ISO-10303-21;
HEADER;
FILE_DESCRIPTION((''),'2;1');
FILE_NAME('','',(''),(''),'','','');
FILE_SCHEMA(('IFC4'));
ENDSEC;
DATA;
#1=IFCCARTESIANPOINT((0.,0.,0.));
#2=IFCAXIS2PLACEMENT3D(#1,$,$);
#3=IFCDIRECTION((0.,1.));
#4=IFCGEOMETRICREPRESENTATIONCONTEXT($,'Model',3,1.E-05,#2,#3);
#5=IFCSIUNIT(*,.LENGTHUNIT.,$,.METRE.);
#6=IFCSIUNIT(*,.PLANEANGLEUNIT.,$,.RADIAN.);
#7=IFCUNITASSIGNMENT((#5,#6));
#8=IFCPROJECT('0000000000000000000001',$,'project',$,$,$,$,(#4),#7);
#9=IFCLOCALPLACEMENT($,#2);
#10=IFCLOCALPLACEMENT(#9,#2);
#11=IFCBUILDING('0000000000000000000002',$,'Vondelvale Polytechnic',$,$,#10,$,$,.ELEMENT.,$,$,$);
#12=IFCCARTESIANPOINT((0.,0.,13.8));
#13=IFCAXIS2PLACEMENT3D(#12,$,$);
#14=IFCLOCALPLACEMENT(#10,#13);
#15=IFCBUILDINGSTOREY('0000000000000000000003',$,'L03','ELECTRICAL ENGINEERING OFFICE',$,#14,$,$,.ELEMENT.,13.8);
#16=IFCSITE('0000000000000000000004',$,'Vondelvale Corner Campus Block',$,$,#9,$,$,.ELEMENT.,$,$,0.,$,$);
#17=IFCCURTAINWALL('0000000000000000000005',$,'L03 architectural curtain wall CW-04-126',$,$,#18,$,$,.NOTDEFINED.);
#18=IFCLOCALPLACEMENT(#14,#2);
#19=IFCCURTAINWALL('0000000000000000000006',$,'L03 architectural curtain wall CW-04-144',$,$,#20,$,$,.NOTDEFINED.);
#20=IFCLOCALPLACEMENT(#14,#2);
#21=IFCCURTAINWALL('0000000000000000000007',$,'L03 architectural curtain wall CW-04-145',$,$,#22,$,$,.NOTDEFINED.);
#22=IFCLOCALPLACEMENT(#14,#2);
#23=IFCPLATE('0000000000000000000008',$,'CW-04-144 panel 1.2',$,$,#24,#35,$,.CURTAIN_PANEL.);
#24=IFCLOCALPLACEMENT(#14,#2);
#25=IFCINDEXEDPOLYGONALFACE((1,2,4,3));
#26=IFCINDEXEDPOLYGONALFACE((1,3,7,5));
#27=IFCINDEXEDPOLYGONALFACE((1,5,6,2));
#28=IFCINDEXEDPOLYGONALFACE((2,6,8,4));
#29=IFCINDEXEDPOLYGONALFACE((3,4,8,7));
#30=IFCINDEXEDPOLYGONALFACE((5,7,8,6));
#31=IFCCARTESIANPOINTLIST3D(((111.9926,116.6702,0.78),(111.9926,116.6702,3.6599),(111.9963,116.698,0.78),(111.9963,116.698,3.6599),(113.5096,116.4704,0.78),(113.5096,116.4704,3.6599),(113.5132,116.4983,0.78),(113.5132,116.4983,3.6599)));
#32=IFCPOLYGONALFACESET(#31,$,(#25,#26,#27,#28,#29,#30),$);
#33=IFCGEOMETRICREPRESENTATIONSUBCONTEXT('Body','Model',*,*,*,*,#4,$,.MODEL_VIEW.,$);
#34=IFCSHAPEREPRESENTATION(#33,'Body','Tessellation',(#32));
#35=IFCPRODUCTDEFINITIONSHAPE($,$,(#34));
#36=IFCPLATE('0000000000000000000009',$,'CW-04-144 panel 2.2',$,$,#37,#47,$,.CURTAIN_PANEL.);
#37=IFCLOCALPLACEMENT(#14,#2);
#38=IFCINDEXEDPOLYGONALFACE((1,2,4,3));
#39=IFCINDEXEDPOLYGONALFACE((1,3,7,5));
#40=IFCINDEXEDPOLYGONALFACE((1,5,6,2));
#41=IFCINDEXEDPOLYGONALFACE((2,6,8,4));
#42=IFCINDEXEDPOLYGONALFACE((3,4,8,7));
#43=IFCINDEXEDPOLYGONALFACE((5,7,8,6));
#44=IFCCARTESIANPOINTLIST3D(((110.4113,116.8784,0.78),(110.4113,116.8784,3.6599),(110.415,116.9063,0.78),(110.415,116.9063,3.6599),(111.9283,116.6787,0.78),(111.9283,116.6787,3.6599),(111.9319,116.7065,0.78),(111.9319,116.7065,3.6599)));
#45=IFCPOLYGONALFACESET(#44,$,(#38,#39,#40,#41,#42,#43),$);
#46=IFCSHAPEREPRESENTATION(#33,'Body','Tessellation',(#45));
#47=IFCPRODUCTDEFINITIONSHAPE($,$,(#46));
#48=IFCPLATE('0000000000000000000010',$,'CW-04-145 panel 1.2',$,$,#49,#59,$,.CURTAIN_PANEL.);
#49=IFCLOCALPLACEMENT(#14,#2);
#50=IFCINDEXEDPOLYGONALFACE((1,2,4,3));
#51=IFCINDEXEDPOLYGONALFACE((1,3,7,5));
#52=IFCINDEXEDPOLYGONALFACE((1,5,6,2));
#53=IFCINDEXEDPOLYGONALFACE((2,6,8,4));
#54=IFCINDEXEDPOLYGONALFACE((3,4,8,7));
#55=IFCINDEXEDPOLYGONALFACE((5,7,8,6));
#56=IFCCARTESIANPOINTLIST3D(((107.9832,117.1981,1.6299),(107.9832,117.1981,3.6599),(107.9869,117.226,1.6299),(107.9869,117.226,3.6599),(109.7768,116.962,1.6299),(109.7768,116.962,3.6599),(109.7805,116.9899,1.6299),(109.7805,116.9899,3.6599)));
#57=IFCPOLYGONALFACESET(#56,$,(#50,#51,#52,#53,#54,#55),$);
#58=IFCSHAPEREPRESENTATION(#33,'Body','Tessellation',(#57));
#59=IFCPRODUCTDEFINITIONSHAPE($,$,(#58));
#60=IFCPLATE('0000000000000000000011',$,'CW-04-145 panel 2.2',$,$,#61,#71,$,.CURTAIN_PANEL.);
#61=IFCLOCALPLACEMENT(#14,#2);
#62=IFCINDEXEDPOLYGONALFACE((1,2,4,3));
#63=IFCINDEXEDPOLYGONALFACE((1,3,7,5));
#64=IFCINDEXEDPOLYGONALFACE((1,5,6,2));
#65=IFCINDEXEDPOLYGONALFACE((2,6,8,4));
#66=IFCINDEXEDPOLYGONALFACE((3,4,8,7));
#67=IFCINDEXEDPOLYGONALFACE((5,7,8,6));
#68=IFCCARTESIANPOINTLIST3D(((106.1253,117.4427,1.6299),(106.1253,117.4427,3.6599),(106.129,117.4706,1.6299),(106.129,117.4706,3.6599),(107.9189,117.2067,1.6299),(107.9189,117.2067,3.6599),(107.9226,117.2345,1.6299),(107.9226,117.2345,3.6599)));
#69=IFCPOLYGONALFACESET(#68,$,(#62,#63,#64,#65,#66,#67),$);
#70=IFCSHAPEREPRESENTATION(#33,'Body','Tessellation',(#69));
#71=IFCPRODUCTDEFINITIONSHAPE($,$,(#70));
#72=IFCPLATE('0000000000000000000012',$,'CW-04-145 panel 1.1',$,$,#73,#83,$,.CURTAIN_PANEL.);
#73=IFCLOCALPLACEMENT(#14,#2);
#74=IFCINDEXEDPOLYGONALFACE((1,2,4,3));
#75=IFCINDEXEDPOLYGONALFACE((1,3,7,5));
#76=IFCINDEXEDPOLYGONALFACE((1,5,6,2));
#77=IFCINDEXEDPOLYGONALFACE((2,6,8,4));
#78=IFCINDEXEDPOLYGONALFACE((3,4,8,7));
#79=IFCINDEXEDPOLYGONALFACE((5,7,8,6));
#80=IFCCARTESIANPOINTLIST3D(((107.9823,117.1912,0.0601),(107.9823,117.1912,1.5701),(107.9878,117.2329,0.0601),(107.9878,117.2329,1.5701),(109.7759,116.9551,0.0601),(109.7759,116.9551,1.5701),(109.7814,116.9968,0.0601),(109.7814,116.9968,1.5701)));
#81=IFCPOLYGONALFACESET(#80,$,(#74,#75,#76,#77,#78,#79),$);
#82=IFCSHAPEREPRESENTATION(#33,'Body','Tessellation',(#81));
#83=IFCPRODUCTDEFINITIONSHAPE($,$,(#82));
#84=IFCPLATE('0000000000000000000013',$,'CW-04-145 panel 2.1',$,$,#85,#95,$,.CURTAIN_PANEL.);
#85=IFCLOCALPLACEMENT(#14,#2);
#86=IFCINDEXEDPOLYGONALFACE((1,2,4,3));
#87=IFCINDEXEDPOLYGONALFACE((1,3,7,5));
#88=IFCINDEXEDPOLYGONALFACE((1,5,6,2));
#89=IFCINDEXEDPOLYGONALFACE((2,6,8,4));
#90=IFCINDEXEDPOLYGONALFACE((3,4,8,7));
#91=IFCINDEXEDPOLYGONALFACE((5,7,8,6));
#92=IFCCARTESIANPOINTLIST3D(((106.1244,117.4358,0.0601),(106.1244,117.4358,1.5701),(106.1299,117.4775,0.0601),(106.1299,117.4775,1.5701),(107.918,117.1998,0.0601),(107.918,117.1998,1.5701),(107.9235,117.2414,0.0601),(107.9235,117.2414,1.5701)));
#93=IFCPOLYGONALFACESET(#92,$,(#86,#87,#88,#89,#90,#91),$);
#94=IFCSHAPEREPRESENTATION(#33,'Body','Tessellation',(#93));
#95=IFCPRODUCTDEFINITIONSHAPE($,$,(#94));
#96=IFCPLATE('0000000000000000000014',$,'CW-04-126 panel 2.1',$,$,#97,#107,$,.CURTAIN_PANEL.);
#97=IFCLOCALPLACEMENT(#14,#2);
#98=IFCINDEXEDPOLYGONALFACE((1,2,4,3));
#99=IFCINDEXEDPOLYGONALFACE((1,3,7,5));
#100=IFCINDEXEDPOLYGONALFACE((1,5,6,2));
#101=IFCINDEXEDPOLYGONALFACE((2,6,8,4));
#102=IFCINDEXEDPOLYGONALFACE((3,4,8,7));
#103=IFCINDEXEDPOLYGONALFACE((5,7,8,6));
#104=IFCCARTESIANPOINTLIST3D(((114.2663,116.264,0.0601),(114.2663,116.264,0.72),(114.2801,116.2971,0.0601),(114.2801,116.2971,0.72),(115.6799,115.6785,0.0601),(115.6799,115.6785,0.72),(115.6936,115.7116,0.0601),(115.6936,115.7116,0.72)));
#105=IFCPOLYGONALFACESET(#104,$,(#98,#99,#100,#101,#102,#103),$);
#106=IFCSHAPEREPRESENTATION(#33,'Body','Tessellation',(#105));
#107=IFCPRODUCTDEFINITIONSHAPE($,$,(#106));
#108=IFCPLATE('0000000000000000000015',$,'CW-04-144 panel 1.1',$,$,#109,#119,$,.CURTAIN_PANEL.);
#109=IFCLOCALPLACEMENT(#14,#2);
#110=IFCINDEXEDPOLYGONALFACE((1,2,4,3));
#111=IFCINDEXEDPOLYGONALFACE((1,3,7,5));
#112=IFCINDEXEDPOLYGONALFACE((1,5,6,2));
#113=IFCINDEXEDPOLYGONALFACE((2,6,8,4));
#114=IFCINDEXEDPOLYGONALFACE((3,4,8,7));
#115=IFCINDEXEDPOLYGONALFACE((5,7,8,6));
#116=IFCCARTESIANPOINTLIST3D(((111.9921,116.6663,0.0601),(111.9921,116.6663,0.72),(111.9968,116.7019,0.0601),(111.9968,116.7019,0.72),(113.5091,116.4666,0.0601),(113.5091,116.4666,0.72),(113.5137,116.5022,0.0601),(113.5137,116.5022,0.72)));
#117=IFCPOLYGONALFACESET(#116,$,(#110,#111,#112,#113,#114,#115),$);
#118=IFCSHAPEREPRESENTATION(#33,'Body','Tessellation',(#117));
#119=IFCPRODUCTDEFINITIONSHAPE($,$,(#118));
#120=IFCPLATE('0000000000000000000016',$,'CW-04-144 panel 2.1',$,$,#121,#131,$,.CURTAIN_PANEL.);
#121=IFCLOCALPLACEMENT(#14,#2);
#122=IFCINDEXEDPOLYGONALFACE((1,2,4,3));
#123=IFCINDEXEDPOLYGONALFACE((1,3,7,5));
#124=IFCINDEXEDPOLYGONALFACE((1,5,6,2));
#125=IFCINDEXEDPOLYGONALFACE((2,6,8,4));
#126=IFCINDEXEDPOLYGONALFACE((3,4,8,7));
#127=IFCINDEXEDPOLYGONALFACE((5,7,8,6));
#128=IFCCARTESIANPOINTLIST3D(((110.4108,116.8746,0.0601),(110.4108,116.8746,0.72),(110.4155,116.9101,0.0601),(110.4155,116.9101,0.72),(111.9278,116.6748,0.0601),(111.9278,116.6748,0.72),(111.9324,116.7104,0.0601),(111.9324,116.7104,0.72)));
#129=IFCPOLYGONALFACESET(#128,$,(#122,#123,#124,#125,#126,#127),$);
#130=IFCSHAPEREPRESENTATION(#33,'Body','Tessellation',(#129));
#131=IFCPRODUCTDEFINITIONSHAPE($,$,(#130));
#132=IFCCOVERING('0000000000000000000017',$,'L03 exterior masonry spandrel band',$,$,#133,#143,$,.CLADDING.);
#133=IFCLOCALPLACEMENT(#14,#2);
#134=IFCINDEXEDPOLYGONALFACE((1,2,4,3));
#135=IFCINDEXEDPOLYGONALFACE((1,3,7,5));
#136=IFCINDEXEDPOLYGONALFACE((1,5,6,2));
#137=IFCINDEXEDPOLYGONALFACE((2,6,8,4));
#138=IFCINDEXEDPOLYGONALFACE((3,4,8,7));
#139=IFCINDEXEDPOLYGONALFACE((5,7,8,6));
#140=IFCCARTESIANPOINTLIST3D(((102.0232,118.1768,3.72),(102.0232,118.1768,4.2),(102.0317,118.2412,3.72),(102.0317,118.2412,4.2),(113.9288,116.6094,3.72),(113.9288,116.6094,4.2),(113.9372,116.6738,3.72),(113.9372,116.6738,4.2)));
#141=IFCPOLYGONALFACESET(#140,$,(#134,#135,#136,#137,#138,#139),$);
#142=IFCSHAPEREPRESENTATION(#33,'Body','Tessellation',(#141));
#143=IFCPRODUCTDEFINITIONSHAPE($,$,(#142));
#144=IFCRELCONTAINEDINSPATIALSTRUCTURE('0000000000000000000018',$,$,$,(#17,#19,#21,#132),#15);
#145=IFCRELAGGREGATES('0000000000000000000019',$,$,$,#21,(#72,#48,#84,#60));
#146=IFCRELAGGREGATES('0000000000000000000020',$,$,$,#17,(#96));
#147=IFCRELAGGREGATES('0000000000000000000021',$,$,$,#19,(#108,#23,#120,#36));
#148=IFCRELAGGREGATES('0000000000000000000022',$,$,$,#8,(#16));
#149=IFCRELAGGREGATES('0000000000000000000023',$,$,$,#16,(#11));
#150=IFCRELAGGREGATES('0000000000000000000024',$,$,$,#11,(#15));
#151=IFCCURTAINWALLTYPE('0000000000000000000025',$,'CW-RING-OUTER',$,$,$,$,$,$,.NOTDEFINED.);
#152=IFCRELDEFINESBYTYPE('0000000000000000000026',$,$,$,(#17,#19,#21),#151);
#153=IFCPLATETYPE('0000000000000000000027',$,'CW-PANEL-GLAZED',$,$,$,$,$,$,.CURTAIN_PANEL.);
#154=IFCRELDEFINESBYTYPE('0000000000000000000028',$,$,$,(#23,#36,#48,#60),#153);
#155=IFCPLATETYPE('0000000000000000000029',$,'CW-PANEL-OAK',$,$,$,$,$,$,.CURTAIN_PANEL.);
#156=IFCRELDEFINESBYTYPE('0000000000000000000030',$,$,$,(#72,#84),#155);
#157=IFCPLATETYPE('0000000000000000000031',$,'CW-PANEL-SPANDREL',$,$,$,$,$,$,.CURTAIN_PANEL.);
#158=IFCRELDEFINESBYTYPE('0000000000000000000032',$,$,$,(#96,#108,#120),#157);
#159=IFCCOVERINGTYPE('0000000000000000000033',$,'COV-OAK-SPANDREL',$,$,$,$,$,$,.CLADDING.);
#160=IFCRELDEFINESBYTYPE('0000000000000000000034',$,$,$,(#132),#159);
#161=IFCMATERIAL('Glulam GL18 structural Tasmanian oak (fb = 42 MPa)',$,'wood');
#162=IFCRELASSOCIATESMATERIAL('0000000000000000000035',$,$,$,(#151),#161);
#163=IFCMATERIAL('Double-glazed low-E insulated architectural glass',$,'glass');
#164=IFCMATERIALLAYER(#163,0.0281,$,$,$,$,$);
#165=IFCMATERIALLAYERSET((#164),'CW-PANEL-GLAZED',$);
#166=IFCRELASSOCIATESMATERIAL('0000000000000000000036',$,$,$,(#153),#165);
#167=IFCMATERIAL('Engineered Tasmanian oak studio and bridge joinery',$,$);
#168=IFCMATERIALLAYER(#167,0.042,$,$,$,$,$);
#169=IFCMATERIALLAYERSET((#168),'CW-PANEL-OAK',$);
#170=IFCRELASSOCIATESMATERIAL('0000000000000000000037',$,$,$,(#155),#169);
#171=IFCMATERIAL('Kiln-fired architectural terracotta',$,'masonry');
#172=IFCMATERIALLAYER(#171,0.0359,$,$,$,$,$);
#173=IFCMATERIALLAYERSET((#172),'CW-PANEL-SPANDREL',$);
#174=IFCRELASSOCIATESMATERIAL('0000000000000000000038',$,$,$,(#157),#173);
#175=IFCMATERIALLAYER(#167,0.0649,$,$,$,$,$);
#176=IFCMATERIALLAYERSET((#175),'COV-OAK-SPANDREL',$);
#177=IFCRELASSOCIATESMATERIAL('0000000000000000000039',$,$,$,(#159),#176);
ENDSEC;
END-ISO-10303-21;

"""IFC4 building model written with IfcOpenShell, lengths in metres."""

from ifc_helpers import new_model, si_unit, direction, frame, origin, origin_2d, place, context, subcontext, project, spatial, rectangle, extrude, material, layer, layer_set, type_object, element, aggregate, save


model = new_model("IFC4")

# Units and contexts
model_context = context("Model", 3, precision=1e-05, world=origin(), true_north=direction((0.0, 1.0)))
body_context = subcontext(model_context, "Body", "Model", "MODEL_VIEW")
ifc_project = project(units=[si_unit("LENGTHUNIT", "METRE"), si_unit("PLANEANGLEUNIT", "RADIAN")], contexts=[model_context])

# Site, building, storey
site_placement = place(None, origin())
site = spatial("IfcSite", under=ifc_project, at=site_placement, Name="Vondelvale Corner Campus Block", CompositionType="ELEMENT", RefElevation=0.0)
building_placement = place(site_placement, origin())
building = spatial("IfcBuilding", under=site, at=building_placement, Name="Vondelvale Polytechnic", CompositionType="ELEMENT")
storey_placement = place(building_placement, frame((0.0, 0.0, 13.8)))
storey = spatial("IfcBuildingStorey", under=building, at=storey_placement, Name="L03", Description="ELECTRICAL ENGINEERING OFFICE", CompositionType="ELEMENT", Elevation=13.8)

# Shared definitions
ifc_material_1 = material(Name="Glulam GL18 structural Tasmanian oak (fb = 42 MPa)", Category="wood")

# Curtain walls
curtain_wall_type = type_object("IfcCurtainWallType", Name="CW-RING-OUTER", PredefinedType="NOTDEFINED", material=ifc_material_1)
curtain_wall_1_placement = place(storey_placement, origin())
curtain_wall_1 = element("IfcCurtainWall", 1, at=curtain_wall_1_placement, inside=storey, type_object=curtain_wall_type, Name="L03 architectural curtain wall CW-04-126", PredefinedType="NOTDEFINED")
curtain_wall_2_placement = place(storey_placement, origin())
curtain_wall_2 = element("IfcCurtainWall", 2, at=curtain_wall_2_placement, inside=storey, type_object=curtain_wall_type, Name="L03 architectural curtain wall CW-04-144", PredefinedType="NOTDEFINED")
curtain_wall_3_placement = place(storey_placement, origin())
curtain_wall_3 = element("IfcCurtainWall", 3, at=curtain_wall_3_placement, inside=storey, type_object=curtain_wall_type, Name="L03 architectural curtain wall CW-04-145", PredefinedType="NOTDEFINED")

# Plates
ifc_material_2 = material(Name="Double-glazed low-E insulated architectural glass", Category="glass")
ifc_layer_1 = layer(ifc_material_2, 0.0281)
ifc_layer_set_1 = layer_set([ifc_layer_1], Name="CW-PANEL-GLAZED")
plate_type_1 = type_object("IfcPlateType", Name="CW-PANEL-GLAZED", PredefinedType="CURTAIN_PANEL", material=ifc_layer_set_1)
plate_1_placement = place(storey_placement, frame((112.7529, 116.5842, 0.78), z_axis=(0.0, 0.0, 1.0), x_axis=(-0.991443, 0.13054, 0.0)))
plate_1 = element("IfcPlate", 4, at=plate_1_placement, type_object=plate_type_1, Name="CW-04-144 panel 1.2", PredefinedType="CURTAIN_PANEL", context=body_context, shape_type="SweptSolid", body=[
    extrude(rectangle(XDim=1.53, YDim=0.0281, at=origin_2d()), origin(), (0.0, 0.0, 1.0), 2.8799),
])
plate_2_placement = place(storey_placement, frame((111.1716, 116.7925, 0.78), z_axis=(0.0, 0.0, 1.0), x_axis=(-0.991443, 0.13054, 0.0)))
plate_2 = element("IfcPlate", 5, at=plate_2_placement, type_object=plate_type_1, Name="CW-04-144 panel 2.2", PredefinedType="CURTAIN_PANEL", context=body_context, shape_type="SweptSolid", body=[
    extrude(rectangle(XDim=1.53, YDim=0.0281, at=origin_2d()), origin(), (0.0, 0.0, 1.0), 2.8799),
])
plate_3_placement = place(storey_placement, frame((108.8818, 117.094, 1.6299), z_axis=(0.0, 0.0, 1.0), x_axis=(-0.991449, 0.130497, 0.0)))
plate_3 = element("IfcPlate", 6, at=plate_3_placement, type_object=plate_type_1, Name="CW-04-145 panel 1.2", PredefinedType="CURTAIN_PANEL", context=body_context, shape_type="SweptSolid", body=[
    extrude(rectangle(XDim=1.8091, YDim=0.0281, at=origin_2d()), origin(), (0.0, 0.0, 1.0), 2.03),
])
plate_4_placement = place(storey_placement, frame((107.0239, 117.3386, 1.6299), z_axis=(0.0, 0.0, 1.0), x_axis=(-0.991449, 0.130497, 0.0)))
plate_4 = element("IfcPlate", 7, at=plate_4_placement, type_object=plate_type_1, Name="CW-04-145 panel 2.2", PredefinedType="CURTAIN_PANEL", context=body_context, shape_type="SweptSolid", body=[
    extrude(rectangle(XDim=1.8091, YDim=0.0281, at=origin_2d()), origin(), (0.0, 0.0, 1.0), 2.03),
])
ifc_material_3 = material(Name="Engineered Tasmanian oak studio and bridge joinery")
ifc_layer_2 = layer(ifc_material_3, 0.042)
ifc_layer_set_2 = layer_set([ifc_layer_2], Name="CW-PANEL-OAK")
plate_type_2 = type_object("IfcPlateType", Name="CW-PANEL-OAK", PredefinedType="CURTAIN_PANEL", material=ifc_layer_set_2)
plate_5_placement = place(storey_placement, frame((108.8818, 117.094, 0.0601), z_axis=(0.0, 0.0, 1.0), x_axis=(-0.991449, 0.130497, 0.0)))
plate_5 = element("IfcPlate", 8, at=plate_5_placement, type_object=plate_type_2, Name="CW-04-145 panel 1.1", PredefinedType="CURTAIN_PANEL", context=body_context, shape_type="SweptSolid", body=[
    extrude(rectangle(XDim=1.8091, YDim=0.042, at=origin_2d()), origin(), (0.0, 0.0, 1.0), 1.51),
])
plate_6_placement = place(storey_placement, frame((107.0239, 117.3386, 0.0601), z_axis=(0.0, 0.0, 1.0), x_axis=(-0.991449, 0.130497, 0.0)))
plate_6 = element("IfcPlate", 9, at=plate_6_placement, type_object=plate_type_2, Name="CW-04-145 panel 2.1", PredefinedType="CURTAIN_PANEL", context=body_context, shape_type="SweptSolid", body=[
    extrude(rectangle(XDim=1.8091, YDim=0.042, at=origin_2d()), origin(), (0.0, 0.0, 1.0), 1.51),
])
aggregate(curtain_wall_3, [plate_5, plate_3, plate_6, plate_4])
ifc_material_4 = material(Name="Kiln-fired architectural terracotta", Category="masonry")
ifc_layer_3 = layer(ifc_material_4, 0.0359)
ifc_layer_set_3 = layer_set([ifc_layer_3], Name="CW-PANEL-SPANDREL")
plate_type_3 = type_object("IfcPlateType", Name="CW-PANEL-SPANDREL", PredefinedType="CURTAIN_PANEL", material=ifc_layer_set_3)
plate_7_placement = place(storey_placement, frame((114.98, 115.9878, 0.0601), z_axis=(0.0, 0.0, 1.0), x_axis=(-0.923882, 0.382677, 0.0)))
plate_7 = element("IfcPlate", 10, at=plate_7_placement, type_object=plate_type_3, Name="CW-04-126 panel 2.1", PredefinedType="CURTAIN_PANEL", context=body_context, shape_type="SweptSolid", body=[
    extrude(rectangle(XDim=1.53, YDim=0.0359, at=origin_2d()), origin(), (0.0, 0.0, 1.0), 0.6599),
])
aggregate(curtain_wall_1, [plate_7])
plate_8_placement = place(storey_placement, frame((112.7529, 116.5842, 0.0601), z_axis=(0.0, 0.0, 1.0), x_axis=(-0.991443, 0.13054, 0.0)))
plate_8 = element("IfcPlate", 11, at=plate_8_placement, type_object=plate_type_3, Name="CW-04-144 panel 1.1", PredefinedType="CURTAIN_PANEL", context=body_context, shape_type="SweptSolid", body=[
    extrude(rectangle(XDim=1.53, YDim=0.0359, at=origin_2d()), origin(), (0.0, 0.0, 1.0), 0.6599),
])
plate_9_placement = place(storey_placement, frame((111.1716, 116.7925, 0.0601), z_axis=(0.0, 0.0, 1.0), x_axis=(-0.991443, 0.13054, 0.0)))
plate_9 = element("IfcPlate", 12, at=plate_9_placement, type_object=plate_type_3, Name="CW-04-144 panel 2.1", PredefinedType="CURTAIN_PANEL", context=body_context, shape_type="SweptSolid", body=[
    extrude(rectangle(XDim=1.53, YDim=0.0359, at=origin_2d()), origin(), (0.0, 0.0, 1.0), 0.6599),
])
aggregate(curtain_wall_2, [plate_8, plate_1, plate_9, plate_2])

# Covering
ifc_layer_4 = layer(ifc_material_3, 0.0649)
ifc_layer_set_4 = layer_set([ifc_layer_4], Name="COV-OAK-SPANDREL")
covering_type = type_object("IfcCoveringType", Name="COV-OAK-SPANDREL", PredefinedType="CLADDING", material=ifc_layer_set_4)
covering_placement = place(storey_placement, frame((107.9802, 117.4253, 3.72), z_axis=(0.0, 0.0, 1.0), x_axis=(-0.991445, 0.130526, 0.0)))
element("IfcCovering", 13, at=covering_placement, inside=storey, type_object=covering_type, Name="L03 exterior masonry spandrel band", PredefinedType="CLADDING", context=body_context, shape_type="SweptSolid", body=[
    extrude(rectangle(XDim=12.0083, YDim=0.0649, at=origin_2d()), origin(), (0.0, 0.0, 1.0), 0.48),
])

save(model, "model.ifc")
